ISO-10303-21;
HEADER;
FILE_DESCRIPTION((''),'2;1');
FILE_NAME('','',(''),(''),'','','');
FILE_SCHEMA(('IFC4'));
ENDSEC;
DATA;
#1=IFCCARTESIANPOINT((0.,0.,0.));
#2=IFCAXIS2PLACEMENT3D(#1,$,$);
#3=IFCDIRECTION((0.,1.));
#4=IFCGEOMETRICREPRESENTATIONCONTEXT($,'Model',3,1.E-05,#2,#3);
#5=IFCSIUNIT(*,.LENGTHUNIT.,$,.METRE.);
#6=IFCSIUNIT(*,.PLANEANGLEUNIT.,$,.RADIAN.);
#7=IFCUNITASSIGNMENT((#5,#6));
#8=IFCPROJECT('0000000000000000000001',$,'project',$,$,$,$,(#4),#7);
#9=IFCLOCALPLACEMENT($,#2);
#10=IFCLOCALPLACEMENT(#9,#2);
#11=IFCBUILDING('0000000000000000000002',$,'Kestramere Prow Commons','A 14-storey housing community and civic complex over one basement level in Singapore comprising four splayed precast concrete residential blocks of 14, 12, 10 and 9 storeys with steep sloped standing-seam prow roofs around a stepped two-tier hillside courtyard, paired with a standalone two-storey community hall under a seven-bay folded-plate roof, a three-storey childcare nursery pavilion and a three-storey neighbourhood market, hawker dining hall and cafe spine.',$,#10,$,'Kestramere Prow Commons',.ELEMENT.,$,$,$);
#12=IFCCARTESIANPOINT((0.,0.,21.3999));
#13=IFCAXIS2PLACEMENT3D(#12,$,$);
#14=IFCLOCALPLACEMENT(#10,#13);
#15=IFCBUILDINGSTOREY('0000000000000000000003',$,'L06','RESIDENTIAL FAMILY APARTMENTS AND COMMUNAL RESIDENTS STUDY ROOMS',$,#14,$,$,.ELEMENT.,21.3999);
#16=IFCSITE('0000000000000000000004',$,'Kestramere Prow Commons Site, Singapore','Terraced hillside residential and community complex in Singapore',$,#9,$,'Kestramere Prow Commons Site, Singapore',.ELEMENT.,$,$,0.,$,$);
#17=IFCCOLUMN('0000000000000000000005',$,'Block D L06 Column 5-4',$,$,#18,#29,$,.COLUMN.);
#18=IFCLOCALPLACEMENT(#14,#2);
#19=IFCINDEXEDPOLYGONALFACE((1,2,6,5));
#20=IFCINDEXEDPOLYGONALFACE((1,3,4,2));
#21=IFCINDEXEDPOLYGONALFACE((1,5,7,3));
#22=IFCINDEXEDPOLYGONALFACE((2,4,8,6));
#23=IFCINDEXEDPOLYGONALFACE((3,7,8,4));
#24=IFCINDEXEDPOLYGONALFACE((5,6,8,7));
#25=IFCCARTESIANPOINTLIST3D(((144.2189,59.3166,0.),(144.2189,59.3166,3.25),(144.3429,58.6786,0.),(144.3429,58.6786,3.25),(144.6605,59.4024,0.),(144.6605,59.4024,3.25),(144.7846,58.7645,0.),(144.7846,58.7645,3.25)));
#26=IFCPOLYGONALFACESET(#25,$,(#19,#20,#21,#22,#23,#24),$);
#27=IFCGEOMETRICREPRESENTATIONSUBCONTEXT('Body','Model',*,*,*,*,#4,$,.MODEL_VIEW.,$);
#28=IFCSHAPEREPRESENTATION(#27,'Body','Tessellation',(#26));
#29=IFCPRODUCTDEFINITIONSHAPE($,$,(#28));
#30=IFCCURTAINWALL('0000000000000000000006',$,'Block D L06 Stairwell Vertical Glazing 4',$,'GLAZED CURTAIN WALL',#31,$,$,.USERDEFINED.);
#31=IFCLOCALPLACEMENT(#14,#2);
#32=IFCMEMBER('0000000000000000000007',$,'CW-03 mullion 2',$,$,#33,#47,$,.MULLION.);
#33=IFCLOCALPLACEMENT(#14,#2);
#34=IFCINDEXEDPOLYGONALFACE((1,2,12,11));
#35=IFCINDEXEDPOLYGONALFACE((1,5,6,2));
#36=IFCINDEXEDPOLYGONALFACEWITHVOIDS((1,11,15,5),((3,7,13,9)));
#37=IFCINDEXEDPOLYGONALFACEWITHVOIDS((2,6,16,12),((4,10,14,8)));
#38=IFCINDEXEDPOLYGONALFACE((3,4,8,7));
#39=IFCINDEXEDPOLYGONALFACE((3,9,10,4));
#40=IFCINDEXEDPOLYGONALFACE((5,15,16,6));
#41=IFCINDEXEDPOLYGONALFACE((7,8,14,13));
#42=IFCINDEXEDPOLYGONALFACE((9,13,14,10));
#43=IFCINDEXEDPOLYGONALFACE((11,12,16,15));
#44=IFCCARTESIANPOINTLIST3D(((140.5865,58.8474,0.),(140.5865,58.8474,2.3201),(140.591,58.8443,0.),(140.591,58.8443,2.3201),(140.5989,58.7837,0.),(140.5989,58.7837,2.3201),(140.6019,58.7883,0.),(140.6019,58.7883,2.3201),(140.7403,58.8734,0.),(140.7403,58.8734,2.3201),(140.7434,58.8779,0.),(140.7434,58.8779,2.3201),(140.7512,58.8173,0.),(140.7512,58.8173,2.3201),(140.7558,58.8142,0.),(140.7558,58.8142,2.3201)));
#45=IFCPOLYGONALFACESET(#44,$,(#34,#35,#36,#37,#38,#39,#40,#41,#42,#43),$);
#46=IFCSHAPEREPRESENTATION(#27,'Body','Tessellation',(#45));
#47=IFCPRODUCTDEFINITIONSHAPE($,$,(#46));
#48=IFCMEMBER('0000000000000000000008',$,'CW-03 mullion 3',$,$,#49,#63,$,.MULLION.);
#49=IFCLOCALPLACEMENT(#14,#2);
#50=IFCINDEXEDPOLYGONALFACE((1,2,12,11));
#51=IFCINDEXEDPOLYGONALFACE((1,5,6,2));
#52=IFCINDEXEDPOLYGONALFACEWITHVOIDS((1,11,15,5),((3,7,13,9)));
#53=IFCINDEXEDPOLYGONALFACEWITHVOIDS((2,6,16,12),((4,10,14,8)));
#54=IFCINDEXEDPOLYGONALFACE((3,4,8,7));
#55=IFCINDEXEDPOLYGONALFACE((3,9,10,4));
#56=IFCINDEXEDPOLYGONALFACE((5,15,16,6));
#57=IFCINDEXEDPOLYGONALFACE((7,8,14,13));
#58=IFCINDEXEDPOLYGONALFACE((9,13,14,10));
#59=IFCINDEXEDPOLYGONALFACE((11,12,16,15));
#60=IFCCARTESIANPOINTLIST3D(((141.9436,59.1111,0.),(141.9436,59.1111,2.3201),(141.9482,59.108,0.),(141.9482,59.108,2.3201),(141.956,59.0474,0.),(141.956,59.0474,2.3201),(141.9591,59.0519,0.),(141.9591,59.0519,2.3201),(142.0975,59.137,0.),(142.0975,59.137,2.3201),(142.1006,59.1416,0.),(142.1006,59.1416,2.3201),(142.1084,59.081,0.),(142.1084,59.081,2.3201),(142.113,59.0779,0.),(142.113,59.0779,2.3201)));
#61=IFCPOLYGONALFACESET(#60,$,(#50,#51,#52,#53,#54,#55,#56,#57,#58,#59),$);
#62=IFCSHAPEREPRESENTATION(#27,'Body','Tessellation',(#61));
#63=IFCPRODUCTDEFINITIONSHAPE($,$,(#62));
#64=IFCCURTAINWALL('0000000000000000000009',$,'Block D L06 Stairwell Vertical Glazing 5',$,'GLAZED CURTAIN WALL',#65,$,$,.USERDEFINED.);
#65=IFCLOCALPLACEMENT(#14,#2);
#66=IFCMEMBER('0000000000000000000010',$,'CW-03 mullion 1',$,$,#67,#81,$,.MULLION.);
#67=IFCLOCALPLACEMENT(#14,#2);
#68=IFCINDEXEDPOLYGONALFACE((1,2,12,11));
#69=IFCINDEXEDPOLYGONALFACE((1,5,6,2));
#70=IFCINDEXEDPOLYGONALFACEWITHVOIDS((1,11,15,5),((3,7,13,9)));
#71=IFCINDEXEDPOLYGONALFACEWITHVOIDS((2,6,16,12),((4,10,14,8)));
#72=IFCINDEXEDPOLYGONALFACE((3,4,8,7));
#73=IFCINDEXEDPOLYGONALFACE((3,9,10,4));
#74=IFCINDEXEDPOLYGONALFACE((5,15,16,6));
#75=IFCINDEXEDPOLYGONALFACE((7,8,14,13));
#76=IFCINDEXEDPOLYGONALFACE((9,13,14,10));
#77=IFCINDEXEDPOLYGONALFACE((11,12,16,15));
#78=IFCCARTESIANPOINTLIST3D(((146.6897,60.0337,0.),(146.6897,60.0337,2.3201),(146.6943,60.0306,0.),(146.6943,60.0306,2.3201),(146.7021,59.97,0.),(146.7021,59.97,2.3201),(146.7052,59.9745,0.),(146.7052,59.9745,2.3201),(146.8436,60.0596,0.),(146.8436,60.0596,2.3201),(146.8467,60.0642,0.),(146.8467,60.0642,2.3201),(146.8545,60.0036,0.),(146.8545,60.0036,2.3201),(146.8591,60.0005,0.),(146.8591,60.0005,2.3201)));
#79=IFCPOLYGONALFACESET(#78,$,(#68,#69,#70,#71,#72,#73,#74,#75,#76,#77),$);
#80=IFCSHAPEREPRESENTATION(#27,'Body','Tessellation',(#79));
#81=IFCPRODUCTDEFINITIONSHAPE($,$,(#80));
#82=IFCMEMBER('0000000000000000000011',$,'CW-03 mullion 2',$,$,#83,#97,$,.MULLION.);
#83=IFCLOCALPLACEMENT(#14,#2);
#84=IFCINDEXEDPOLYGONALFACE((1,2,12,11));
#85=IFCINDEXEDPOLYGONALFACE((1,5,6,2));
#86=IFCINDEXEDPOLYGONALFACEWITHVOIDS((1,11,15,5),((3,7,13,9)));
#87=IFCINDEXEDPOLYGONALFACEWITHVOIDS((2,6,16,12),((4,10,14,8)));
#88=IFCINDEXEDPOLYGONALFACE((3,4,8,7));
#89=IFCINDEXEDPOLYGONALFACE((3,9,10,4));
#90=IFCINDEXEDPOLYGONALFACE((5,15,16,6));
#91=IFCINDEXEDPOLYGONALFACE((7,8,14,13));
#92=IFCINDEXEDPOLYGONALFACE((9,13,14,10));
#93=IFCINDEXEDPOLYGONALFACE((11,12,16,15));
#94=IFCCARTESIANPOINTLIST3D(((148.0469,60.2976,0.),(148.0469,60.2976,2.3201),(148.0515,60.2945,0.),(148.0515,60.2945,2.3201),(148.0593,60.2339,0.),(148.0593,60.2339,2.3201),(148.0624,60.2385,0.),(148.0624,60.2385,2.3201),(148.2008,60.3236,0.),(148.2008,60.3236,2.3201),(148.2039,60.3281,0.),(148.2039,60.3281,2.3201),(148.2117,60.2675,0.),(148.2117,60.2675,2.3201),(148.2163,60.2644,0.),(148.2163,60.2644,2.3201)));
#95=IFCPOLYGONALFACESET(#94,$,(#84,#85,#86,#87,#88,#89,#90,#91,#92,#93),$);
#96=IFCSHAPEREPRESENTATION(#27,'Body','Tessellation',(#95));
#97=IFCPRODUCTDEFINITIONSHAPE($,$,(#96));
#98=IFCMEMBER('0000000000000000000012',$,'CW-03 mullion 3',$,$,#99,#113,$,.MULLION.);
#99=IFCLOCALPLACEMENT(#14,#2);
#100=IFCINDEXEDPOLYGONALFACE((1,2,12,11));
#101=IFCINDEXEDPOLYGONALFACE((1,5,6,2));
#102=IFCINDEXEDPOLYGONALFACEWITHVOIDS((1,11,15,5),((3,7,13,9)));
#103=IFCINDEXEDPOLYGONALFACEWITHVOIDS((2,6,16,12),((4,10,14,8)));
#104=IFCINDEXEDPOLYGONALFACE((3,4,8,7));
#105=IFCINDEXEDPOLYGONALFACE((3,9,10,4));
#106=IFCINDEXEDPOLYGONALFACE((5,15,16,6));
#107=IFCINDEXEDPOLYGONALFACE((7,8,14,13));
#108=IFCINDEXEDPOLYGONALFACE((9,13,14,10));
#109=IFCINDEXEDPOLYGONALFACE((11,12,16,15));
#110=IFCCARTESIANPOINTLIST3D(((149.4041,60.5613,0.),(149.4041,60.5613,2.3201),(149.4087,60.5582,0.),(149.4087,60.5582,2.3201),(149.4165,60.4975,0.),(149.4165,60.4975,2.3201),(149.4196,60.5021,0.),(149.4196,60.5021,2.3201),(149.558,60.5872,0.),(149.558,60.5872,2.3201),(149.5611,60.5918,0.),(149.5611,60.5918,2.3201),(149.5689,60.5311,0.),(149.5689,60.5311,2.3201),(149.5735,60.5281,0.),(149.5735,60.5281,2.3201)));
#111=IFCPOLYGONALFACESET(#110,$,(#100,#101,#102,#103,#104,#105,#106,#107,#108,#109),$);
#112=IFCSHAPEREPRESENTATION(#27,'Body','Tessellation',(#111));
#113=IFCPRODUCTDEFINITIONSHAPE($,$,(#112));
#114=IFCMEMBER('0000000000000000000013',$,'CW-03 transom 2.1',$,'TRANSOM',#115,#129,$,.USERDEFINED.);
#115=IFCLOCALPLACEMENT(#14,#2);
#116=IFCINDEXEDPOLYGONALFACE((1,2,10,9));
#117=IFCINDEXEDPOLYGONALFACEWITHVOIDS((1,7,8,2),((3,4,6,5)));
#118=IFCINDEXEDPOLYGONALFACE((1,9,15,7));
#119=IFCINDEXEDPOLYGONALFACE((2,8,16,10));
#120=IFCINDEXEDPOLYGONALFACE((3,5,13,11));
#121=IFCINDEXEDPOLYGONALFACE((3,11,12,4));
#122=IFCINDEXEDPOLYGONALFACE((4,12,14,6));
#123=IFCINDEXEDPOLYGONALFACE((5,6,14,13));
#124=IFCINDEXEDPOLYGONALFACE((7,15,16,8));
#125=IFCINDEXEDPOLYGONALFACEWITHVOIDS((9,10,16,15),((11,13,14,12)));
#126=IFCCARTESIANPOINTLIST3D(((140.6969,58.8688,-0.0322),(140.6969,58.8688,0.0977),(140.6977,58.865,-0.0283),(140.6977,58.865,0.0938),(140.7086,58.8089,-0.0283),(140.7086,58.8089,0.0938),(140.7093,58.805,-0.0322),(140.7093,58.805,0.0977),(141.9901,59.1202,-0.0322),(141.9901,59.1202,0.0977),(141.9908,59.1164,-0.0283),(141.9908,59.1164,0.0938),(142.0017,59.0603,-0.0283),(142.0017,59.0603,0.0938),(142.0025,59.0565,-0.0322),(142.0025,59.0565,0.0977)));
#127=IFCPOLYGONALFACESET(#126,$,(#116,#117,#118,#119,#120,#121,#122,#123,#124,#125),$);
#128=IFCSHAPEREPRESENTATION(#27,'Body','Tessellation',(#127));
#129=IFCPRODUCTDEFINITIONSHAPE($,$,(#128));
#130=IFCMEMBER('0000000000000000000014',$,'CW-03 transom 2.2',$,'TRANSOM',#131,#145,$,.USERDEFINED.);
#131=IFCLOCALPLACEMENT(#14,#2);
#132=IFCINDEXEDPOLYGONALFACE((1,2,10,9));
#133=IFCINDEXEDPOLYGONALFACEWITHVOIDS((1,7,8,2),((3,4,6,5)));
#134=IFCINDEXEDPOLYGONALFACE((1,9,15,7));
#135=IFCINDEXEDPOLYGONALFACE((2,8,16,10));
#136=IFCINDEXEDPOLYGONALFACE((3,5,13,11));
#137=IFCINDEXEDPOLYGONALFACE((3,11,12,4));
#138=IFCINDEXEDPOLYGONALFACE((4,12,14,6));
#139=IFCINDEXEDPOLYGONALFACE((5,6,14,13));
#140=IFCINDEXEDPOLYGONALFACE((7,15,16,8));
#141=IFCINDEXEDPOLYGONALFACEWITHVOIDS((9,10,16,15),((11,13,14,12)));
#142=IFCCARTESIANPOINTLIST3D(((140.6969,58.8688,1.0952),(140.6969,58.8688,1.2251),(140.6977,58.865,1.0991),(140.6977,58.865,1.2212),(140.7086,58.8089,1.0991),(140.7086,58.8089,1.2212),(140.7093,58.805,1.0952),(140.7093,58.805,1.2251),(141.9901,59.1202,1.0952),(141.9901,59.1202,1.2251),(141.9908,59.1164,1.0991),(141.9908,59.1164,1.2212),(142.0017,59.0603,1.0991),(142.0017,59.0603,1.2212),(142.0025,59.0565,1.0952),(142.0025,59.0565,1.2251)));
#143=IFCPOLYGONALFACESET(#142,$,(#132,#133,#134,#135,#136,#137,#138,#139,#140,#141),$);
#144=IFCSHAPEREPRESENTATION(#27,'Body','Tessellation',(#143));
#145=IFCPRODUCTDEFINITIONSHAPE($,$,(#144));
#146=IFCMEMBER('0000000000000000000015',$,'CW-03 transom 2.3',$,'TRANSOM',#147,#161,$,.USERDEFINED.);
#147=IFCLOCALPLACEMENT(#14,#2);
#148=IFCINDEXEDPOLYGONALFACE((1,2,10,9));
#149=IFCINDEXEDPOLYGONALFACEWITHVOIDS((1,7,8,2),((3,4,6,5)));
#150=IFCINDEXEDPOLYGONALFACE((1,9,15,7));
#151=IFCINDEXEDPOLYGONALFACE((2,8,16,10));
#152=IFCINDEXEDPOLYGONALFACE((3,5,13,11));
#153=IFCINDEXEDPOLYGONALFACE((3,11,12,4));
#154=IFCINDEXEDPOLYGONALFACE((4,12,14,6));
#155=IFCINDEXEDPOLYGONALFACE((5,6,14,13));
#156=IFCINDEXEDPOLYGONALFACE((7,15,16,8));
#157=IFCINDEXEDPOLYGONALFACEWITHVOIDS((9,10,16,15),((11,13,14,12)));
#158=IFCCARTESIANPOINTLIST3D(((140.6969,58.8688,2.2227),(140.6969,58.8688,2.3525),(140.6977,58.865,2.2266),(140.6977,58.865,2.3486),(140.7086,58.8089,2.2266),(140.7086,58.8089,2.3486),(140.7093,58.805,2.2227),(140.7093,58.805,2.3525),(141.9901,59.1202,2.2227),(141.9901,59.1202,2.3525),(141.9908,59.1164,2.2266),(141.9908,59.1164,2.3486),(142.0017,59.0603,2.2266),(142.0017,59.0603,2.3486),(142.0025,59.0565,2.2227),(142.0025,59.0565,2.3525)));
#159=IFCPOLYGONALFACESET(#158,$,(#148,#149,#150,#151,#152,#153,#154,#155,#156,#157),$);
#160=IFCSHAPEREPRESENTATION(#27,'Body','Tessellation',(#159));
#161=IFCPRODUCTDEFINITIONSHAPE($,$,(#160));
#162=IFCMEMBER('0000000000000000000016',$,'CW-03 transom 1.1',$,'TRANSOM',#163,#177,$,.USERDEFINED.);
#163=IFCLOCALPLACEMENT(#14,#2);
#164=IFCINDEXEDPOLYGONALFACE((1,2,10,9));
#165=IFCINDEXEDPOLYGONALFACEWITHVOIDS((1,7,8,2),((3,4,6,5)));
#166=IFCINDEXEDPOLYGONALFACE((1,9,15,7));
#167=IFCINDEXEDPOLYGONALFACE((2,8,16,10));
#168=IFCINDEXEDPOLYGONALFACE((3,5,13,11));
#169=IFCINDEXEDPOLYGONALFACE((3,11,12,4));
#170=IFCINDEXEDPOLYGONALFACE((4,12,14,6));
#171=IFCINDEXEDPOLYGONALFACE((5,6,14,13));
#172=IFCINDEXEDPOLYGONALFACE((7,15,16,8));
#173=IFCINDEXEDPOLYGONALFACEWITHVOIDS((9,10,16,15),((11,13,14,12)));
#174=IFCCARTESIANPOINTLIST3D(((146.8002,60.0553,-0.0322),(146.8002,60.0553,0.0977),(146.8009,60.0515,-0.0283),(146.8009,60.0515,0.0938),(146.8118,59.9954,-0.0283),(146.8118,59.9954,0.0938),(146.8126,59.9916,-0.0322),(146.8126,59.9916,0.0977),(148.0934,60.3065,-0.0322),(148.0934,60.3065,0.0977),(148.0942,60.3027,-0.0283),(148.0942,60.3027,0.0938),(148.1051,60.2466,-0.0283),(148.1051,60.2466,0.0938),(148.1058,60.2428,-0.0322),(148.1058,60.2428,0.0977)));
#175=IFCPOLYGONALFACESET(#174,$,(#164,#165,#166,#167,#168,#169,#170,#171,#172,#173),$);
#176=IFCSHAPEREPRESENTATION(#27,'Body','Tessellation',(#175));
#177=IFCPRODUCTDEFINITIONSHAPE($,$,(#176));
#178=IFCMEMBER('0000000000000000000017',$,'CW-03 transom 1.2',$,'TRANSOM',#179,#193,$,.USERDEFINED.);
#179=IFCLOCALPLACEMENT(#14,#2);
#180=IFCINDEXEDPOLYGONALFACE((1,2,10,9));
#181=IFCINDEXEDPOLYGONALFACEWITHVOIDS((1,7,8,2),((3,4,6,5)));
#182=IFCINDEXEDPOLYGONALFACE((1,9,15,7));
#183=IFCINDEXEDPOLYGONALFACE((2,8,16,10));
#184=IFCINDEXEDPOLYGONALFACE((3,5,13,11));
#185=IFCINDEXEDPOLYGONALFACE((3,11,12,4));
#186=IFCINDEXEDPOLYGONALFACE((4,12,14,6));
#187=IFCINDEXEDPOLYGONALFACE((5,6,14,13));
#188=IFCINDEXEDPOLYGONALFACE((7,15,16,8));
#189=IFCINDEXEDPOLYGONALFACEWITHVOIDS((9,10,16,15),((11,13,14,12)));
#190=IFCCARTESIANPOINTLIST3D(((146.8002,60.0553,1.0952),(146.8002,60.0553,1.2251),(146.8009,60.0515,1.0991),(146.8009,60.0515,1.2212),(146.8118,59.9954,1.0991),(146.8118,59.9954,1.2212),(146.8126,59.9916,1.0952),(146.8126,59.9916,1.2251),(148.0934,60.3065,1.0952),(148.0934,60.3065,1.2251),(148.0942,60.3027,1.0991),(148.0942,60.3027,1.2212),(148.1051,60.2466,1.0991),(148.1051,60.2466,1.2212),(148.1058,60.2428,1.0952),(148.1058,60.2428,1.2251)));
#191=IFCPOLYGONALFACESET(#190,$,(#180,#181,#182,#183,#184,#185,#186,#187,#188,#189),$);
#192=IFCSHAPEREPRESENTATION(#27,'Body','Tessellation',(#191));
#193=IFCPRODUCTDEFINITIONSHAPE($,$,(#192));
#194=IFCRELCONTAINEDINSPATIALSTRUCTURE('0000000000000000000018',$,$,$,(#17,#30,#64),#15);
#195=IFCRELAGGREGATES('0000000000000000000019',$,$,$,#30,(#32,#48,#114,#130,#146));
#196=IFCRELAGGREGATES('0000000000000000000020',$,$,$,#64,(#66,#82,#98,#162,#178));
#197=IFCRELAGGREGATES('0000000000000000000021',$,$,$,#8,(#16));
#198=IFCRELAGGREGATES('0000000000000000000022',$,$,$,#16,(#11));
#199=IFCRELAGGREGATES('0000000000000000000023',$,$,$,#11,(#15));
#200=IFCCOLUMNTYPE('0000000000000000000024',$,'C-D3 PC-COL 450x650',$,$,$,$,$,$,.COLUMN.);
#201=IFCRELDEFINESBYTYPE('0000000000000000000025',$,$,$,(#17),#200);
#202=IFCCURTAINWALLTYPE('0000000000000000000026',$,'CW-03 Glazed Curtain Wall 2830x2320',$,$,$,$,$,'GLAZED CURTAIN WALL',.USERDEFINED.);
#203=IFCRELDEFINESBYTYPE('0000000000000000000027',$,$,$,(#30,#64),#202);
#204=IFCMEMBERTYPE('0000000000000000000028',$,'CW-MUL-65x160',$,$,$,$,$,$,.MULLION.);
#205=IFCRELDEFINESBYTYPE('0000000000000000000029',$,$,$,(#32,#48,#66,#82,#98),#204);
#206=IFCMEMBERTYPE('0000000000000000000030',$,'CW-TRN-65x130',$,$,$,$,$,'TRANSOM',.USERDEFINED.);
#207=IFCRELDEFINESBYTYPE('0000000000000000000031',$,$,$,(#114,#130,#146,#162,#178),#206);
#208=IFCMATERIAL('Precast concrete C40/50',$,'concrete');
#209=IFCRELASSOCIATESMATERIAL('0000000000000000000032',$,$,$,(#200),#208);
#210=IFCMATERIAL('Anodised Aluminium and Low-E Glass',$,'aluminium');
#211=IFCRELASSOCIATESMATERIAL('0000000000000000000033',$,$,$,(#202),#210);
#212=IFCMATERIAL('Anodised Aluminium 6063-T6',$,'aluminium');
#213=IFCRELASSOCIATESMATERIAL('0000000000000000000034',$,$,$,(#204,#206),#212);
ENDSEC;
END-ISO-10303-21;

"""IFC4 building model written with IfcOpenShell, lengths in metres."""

from ifc_helpers import new_model, si_unit, direction, frame, origin, origin_2d, place, context, subcontext, project, spatial, rectangle, hollow_rectangle, extrude, material, material_profile, profile_set, type_object, element, aggregate, save


model = new_model("IFC4")

# Units and contexts
model_context = context("Model", 3, precision=1e-05, world=origin(), true_north=direction((0.0, 1.0)))
body_context = subcontext(model_context, "Body", "Model", "MODEL_VIEW")
ifc_project = project(units=[si_unit("LENGTHUNIT", "METRE"), si_unit("PLANEANGLEUNIT", "RADIAN")], contexts=[model_context])

# Site, building, storey
site_placement = place(None, origin())
site = spatial("IfcSite", under=ifc_project, at=site_placement, Name="Kestramere Prow Commons Site, Singapore", Description="Terraced hillside residential and community complex in Singapore", LongName="Kestramere Prow Commons Site, Singapore", CompositionType="ELEMENT", RefElevation=0.0)
building_placement = place(site_placement, origin())
building = spatial("IfcBuilding", under=site, at=building_placement, Name="Kestramere Prow Commons", Description="A 14-storey housing community and civic complex over one basement level in Singapore comprising four splayed precast concrete residential blocks of 14, 12, 10 and 9 storeys with steep sloped standing-seam prow roofs around a stepped two-tier hillside courtyard, paired with a standalone two-storey community hall under a seven-bay folded-plate roof, a three-storey childcare nursery pavilion and a three-storey neighbourhood market, hawker dining hall and cafe spine.", LongName="Kestramere Prow Commons", CompositionType="ELEMENT")
storey_placement = place(building_placement, frame((0.0, 0.0, 21.3999)))
storey = spatial("IfcBuildingStorey", under=building, at=storey_placement, Name="L06", Description="RESIDENTIAL FAMILY APARTMENTS AND COMMUNAL RESIDENTS STUDY ROOMS", CompositionType="ELEMENT", Elevation=21.3999)

# Column
ifc_material_1 = material(Name="Precast concrete C40/50", Category="concrete")
ifc_material_profile_1 = material_profile(ifc_material_1, rectangle(XDim=0.45, YDim=0.6499, at=origin_2d()), Name="PC-COL 450x650")
ifc_profile_set_1 = profile_set([ifc_material_profile_1], Name="Precast concrete C40/50")
column_type = type_object("IfcColumnType", Name="C-D3 PC-COL 450x650", PredefinedType="COLUMN", material=ifc_profile_set_1)
column_placement = place(storey_placement, frame((144.5017, 59.0405, 0.0), z_axis=(0.0, 0.0, 1.0), x_axis=(0.981627, 0.190809, 0.0)))
element("IfcColumn", 1, at=column_placement, inside=storey, type_object=column_type, Name="Block D L06 Column 5-4", PredefinedType="COLUMN", context=body_context, shape_type="SweptSolid", body=[
    extrude(rectangle(XDim=0.45, YDim=0.6499, at=origin_2d()), origin(), (0.0, 0.0, 1.0), 3.25),
])

# Curtain walls, members
ifc_material_2 = material(Name="Anodised Aluminium and Low-E Glass", Category="aluminium")
curtain_wall_type = type_object("IfcCurtainWallType", Name="CW-03 Glazed Curtain Wall 2830x2320", ElementType="GLAZED CURTAIN WALL", PredefinedType="USERDEFINED", material=ifc_material_2)
curtain_wall_1_placement = place(storey_placement, origin())
curtain_wall_1 = element("IfcCurtainWall", 2, at=curtain_wall_1_placement, inside=storey, type_object=curtain_wall_type, Name="Block D L06 Stairwell Vertical Glazing 4", ObjectType="GLAZED CURTAIN WALL", PredefinedType="USERDEFINED")
ifc_material_3 = material(Name="Anodised Aluminium 6063-T6", Category="aluminium")
ifc_material_profile_2 = material_profile(ifc_material_3, hollow_rectangle(XDim=0.0649, YDim=0.1599, WallThickness=0.0039, at=origin_2d()), Name="ALU-MUL 65x160")
ifc_profile_set_2 = profile_set([ifc_material_profile_2], Name="Anodised Aluminium 6063-T6")
member_type_1 = type_object("IfcMemberType", Name="CW-MUL-65x160", PredefinedType="MULLION", material=ifc_profile_set_2)
member_1_placement = place(storey_placement, frame((140.6711, 58.8308, 0.0), z_axis=(0.0, 0.0, 1.0), x_axis=(-0.190809, 0.981627, 0.0)))
member_1 = element("IfcMember", 3, at=member_1_placement, type_object=member_type_1, Name="CW-03 mullion 2", PredefinedType="MULLION", context=body_context, shape_type="SweptSolid", body=[
    extrude(hollow_rectangle(XDim=0.0649, YDim=0.1599, WallThickness=0.0039, at=origin_2d()), origin(), (0.0, 0.0, 1.0), 2.3201),
])
member_2_placement = place(storey_placement, frame((142.0283, 59.0945, 0.0), z_axis=(0.0, 0.0, 1.0), x_axis=(-0.190809, 0.981627, 0.0)))
member_2 = element("IfcMember", 4, at=member_2_placement, type_object=member_type_1, Name="CW-03 mullion 3", PredefinedType="MULLION", context=body_context, shape_type="SweptSolid", body=[
    extrude(hollow_rectangle(XDim=0.0649, YDim=0.1599, WallThickness=0.0039, at=origin_2d()), origin(), (0.0, 0.0, 1.0), 2.3201),
])
curtain_wall_2_placement = place(storey_placement, origin())
curtain_wall_2 = element("IfcCurtainWall", 5, at=curtain_wall_2_placement, inside=storey, type_object=curtain_wall_type, Name="Block D L06 Stairwell Vertical Glazing 5", ObjectType="GLAZED CURTAIN WALL", PredefinedType="USERDEFINED")
member_3_placement = place(storey_placement, frame((146.7744, 60.0171, 0.0), z_axis=(0.0, 0.0, 1.0), x_axis=(-0.190809, 0.981627, 0.0)))
member_3 = element("IfcMember", 6, at=member_3_placement, type_object=member_type_1, Name="CW-03 mullion 1", PredefinedType="MULLION", context=body_context, shape_type="SweptSolid", body=[
    extrude(hollow_rectangle(XDim=0.0649, YDim=0.1599, WallThickness=0.0039, at=origin_2d()), origin(), (0.0, 0.0, 1.0), 2.3201),
])
member_4_placement = place(storey_placement, frame((148.1316, 60.281, 0.0), z_axis=(0.0, 0.0, 1.0), x_axis=(-0.190809, 0.981627, 0.0)))
member_4 = element("IfcMember", 7, at=member_4_placement, type_object=member_type_1, Name="CW-03 mullion 2", PredefinedType="MULLION", context=body_context, shape_type="SweptSolid", body=[
    extrude(hollow_rectangle(XDim=0.0649, YDim=0.1599, WallThickness=0.0039, at=origin_2d()), origin(), (0.0, 0.0, 1.0), 2.3201),
])
member_5_placement = place(storey_placement, frame((149.4888, 60.5447, 0.0), z_axis=(0.0, 0.0, 1.0), x_axis=(-0.190809, 0.981627, 0.0)))
member_5 = element("IfcMember", 8, at=member_5_placement, type_object=member_type_1, Name="CW-03 mullion 3", PredefinedType="MULLION", context=body_context, shape_type="SweptSolid", body=[
    extrude(hollow_rectangle(XDim=0.0649, YDim=0.1599, WallThickness=0.0039, at=origin_2d()), origin(), (0.0, 0.0, 1.0), 2.3201),
])

# Members
ifc_material_profile_3 = material_profile(ifc_material_3, hollow_rectangle(XDim=0.0649, YDim=0.1299, WallThickness=0.0039, at=origin_2d()), Name="ALU-TRN 65x130")
ifc_profile_set_3 = profile_set([ifc_material_profile_3], Name="Anodised Aluminium 6063-T6")
member_type_2 = type_object("IfcMemberType", Name="CW-TRN-65x130", ElementType="TRANSOM", PredefinedType="USERDEFINED", material=ifc_profile_set_3)
member_6_placement = place(storey_placement, frame((140.7031, 58.8369, 0.0327), z_axis=(0.981614, 0.190875, 0.0), x_axis=(-0.190875, 0.981614, 0.0)))
member_6 = element("IfcMember", 9, at=member_6_placement, type_object=member_type_2, Name="CW-03 transom 2.1", ObjectType="TRANSOM", PredefinedType="USERDEFINED", context=body_context, shape_type="SweptSolid", body=[
    extrude(hollow_rectangle(XDim=0.0649, YDim=0.1299, WallThickness=0.0039, at=origin_2d()), origin(), (0.0, 0.0, 1.0), 1.3174),
])
member_7_placement = place(storey_placement, frame((140.7031, 58.8369, 1.1602), z_axis=(0.981614, 0.190875, 0.0), x_axis=(-0.190875, 0.981614, 0.0)))
member_7 = element("IfcMember", 10, at=member_7_placement, type_object=member_type_2, Name="CW-03 transom 2.2", ObjectType="TRANSOM", PredefinedType="USERDEFINED", context=body_context, shape_type="SweptSolid", body=[
    extrude(hollow_rectangle(XDim=0.0649, YDim=0.1299, WallThickness=0.0039, at=origin_2d()), origin(), (0.0, 0.0, 1.0), 1.3174),
])
member_8_placement = place(storey_placement, frame((140.7031, 58.8369, 2.2876), z_axis=(0.981614, 0.190875, 0.0), x_axis=(-0.190875, 0.981614, 0.0)))
member_8 = element("IfcMember", 11, at=member_8_placement, type_object=member_type_2, Name="CW-03 transom 2.3", ObjectType="TRANSOM", PredefinedType="USERDEFINED", context=body_context, shape_type="SweptSolid", body=[
    extrude(hollow_rectangle(XDim=0.0649, YDim=0.1299, WallThickness=0.0039, at=origin_2d()), origin(), (0.0, 0.0, 1.0), 1.3174),
])
member_9_placement = place(storey_placement, frame((146.8064, 60.0234, 0.0327), z_axis=(0.981649, 0.190696, 0.0), x_axis=(-0.190696, 0.981649, 0.0)))
member_9 = element("IfcMember", 12, at=member_9_placement, type_object=member_type_2, Name="CW-03 transom 1.1", ObjectType="TRANSOM", PredefinedType="USERDEFINED", context=body_context, shape_type="SweptSolid", body=[
    extrude(hollow_rectangle(XDim=0.0649, YDim=0.1299, WallThickness=0.0039, at=origin_2d()), origin(), (0.0, 0.0, 1.0), 1.3174),
])
member_10_placement = place(storey_placement, frame((146.8064, 60.0234, 1.1602), z_axis=(0.981649, 0.190696, 0.0), x_axis=(-0.190696, 0.981649, 0.0)))
member_10 = element("IfcMember", 13, at=member_10_placement, type_object=member_type_2, Name="CW-03 transom 1.2", ObjectType="TRANSOM", PredefinedType="USERDEFINED", context=body_context, shape_type="SweptSolid", body=[
    extrude(hollow_rectangle(XDim=0.0649, YDim=0.1299, WallThickness=0.0039, at=origin_2d()), origin(), (0.0, 0.0, 1.0), 1.3174),
])

aggregate(curtain_wall_1, [member_1, member_2, member_6, member_7, member_8])
aggregate(curtain_wall_2, [member_3, member_4, member_5, member_9, member_10])

save(model, "model.ifc")
